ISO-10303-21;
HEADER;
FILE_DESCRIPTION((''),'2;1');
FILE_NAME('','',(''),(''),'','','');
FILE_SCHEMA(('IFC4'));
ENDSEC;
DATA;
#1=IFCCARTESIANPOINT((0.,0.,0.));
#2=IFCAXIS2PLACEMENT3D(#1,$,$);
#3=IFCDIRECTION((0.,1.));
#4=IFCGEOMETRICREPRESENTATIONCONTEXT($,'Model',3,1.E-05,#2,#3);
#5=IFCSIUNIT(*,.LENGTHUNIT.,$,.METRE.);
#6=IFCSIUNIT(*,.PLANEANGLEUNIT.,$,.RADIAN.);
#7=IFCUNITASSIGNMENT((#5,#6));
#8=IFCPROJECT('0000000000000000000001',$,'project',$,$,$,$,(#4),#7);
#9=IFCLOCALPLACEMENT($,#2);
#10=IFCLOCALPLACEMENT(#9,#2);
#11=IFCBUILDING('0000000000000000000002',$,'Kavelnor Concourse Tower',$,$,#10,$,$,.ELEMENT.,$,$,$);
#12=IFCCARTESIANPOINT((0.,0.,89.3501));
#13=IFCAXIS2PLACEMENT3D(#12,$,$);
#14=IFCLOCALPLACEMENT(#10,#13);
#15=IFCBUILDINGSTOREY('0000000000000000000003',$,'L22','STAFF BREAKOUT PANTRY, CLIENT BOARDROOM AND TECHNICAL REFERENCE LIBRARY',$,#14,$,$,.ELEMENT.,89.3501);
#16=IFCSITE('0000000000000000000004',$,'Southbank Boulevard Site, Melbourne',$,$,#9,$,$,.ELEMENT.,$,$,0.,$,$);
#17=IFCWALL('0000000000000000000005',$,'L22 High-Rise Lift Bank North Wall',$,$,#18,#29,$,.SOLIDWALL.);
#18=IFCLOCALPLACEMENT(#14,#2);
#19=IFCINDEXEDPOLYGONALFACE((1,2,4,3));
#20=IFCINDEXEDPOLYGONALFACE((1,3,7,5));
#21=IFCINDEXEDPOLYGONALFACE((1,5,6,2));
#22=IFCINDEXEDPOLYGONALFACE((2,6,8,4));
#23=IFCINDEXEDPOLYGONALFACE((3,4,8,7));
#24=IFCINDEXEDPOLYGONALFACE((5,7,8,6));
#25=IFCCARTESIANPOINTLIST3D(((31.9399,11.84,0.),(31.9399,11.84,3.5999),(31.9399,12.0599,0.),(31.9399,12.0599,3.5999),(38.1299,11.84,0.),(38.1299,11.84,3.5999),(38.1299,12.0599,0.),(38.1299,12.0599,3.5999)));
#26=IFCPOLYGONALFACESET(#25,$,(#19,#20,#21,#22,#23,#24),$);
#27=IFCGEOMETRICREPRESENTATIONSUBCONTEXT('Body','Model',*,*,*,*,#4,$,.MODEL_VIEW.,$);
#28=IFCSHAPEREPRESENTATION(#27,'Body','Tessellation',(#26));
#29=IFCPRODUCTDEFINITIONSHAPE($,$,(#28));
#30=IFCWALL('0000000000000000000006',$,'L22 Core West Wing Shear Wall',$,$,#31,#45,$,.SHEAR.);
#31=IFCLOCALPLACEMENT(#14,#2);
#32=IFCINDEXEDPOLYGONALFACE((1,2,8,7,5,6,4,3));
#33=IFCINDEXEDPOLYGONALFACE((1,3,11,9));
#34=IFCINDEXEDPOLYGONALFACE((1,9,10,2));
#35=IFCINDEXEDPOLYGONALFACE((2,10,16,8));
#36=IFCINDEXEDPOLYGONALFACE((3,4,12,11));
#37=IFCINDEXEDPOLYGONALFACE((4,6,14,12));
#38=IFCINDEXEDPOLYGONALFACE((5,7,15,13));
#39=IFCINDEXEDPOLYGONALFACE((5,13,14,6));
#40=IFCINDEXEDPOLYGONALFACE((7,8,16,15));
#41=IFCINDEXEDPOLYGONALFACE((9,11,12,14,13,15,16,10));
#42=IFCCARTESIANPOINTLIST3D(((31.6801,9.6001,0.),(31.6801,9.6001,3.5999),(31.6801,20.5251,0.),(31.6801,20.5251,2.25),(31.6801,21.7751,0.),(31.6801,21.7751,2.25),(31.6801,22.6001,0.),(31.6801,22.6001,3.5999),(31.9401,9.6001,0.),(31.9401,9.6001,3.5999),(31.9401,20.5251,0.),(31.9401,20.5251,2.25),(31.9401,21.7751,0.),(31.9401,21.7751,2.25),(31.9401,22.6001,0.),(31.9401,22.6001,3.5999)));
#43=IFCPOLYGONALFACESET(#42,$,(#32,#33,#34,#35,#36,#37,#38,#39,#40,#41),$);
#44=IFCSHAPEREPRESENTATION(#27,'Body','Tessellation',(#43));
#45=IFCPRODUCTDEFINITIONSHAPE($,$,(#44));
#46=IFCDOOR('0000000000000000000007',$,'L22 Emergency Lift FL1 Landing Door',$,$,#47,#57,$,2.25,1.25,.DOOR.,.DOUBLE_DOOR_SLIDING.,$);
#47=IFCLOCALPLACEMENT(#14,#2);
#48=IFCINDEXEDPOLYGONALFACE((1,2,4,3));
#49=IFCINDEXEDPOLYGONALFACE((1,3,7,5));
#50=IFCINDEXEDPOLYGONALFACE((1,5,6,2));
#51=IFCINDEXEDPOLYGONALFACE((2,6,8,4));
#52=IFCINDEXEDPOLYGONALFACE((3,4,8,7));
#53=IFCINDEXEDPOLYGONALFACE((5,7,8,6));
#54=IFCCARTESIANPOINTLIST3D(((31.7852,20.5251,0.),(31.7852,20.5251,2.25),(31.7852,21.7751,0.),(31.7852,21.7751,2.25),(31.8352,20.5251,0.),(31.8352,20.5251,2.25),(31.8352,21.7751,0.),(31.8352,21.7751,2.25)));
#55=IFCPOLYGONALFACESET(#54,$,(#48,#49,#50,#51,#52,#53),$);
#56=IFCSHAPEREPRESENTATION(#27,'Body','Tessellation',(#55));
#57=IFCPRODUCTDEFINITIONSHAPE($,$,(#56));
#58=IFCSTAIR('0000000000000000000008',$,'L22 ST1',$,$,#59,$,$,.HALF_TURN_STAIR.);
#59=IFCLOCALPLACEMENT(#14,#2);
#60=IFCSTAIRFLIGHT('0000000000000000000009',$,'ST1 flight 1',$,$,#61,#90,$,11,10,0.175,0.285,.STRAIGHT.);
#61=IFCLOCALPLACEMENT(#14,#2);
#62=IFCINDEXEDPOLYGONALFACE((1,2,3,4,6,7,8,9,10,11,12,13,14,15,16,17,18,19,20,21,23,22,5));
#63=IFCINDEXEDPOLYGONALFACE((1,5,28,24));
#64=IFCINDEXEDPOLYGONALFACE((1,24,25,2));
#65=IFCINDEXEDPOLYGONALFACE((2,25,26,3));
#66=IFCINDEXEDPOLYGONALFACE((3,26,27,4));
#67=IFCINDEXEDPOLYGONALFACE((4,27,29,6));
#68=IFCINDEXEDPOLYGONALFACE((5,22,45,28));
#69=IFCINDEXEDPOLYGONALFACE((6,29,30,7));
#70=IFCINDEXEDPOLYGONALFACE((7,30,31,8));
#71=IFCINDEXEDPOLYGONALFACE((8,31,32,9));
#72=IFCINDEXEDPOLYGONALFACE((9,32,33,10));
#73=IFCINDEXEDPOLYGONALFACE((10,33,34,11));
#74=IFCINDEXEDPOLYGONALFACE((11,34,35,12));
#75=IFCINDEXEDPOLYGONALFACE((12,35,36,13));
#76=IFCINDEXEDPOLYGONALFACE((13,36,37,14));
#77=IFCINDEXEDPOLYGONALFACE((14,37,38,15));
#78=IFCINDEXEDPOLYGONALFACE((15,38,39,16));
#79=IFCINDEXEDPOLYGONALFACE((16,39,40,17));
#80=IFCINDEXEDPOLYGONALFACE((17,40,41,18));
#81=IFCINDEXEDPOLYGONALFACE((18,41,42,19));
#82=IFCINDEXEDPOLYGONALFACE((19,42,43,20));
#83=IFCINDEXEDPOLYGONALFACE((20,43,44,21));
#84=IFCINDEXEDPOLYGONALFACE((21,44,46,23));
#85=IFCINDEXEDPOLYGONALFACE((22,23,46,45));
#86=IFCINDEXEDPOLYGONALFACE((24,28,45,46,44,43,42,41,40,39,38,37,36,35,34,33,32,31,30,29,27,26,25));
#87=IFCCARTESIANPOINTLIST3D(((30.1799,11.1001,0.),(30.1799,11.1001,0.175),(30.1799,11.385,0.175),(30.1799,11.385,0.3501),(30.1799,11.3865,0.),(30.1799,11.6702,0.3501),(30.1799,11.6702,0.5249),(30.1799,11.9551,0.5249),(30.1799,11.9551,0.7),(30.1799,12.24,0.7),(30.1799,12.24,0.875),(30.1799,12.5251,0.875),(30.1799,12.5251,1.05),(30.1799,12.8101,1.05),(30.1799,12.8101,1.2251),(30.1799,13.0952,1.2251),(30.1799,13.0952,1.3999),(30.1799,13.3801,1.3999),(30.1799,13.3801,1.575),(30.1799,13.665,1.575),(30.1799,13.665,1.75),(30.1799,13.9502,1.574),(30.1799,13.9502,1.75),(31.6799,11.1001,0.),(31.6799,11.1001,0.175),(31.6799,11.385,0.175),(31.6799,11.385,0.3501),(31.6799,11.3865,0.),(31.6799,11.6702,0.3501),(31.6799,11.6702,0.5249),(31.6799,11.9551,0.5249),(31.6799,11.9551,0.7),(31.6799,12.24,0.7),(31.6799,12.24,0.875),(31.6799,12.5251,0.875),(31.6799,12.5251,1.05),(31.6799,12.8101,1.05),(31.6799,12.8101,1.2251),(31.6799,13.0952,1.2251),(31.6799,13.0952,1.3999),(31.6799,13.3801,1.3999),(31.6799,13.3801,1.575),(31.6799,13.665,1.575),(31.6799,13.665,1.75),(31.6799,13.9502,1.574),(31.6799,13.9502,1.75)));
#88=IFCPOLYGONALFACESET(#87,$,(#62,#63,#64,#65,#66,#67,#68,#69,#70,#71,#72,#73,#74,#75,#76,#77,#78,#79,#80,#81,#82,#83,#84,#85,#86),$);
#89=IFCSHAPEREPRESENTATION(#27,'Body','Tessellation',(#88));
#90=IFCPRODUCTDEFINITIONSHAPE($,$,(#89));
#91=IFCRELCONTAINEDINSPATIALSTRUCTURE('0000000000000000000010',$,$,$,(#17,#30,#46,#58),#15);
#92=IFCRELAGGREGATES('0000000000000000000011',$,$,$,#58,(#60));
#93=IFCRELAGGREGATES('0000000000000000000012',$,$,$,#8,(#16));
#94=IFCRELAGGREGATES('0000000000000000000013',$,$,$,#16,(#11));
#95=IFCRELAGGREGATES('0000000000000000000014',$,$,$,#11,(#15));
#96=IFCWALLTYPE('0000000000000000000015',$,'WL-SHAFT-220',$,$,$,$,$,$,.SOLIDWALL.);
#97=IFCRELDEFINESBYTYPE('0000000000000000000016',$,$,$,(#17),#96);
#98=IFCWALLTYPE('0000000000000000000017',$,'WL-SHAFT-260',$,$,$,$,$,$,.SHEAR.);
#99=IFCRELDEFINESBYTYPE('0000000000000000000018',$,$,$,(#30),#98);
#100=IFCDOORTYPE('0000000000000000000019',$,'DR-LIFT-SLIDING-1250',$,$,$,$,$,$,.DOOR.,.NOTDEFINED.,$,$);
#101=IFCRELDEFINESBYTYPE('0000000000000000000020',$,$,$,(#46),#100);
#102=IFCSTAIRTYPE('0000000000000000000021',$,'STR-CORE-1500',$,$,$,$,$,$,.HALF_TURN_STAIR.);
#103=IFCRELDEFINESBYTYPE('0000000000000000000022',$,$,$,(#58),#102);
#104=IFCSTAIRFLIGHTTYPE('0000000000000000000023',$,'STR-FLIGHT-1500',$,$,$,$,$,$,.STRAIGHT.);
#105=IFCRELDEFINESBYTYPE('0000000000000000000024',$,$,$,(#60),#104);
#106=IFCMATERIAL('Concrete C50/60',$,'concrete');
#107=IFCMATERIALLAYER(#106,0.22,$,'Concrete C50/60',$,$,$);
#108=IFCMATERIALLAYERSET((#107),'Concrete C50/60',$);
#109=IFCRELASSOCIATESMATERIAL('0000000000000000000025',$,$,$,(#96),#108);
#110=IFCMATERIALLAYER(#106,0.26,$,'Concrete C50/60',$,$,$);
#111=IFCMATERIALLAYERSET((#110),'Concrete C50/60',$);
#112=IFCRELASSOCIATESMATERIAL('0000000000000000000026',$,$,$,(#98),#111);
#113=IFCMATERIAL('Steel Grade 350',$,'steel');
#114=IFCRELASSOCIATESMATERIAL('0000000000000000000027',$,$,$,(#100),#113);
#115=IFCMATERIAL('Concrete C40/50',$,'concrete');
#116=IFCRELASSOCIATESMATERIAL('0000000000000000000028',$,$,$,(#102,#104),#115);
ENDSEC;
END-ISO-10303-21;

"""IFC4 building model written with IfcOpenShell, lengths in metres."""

from ifc_helpers import new_model, si_unit, direction, frame, frame_2d, origin, place, context, subcontext, project, spatial, polyline, rectangle, outline, extrude, material, layer, layer_set, type_object, element, fill, aggregate, save


model = new_model("IFC4")

# Units and contexts
model_context = context("Model", 3, precision=1e-05, world=origin(), true_north=direction((0.0, 1.0)))
body_context = subcontext(model_context, "Body", "Model", "MODEL_VIEW")
ifc_project = project(units=[si_unit("LENGTHUNIT", "METRE"), si_unit("PLANEANGLEUNIT", "RADIAN")], contexts=[model_context])

# Site, building, storey
site_placement = place(None, origin())
site = spatial("IfcSite", under=ifc_project, at=site_placement, Name="Southbank Boulevard Site, Melbourne", CompositionType="ELEMENT", RefElevation=0.0)
building_placement = place(site_placement, origin())
building = spatial("IfcBuilding", under=site, at=building_placement, Name="Kavelnor Concourse Tower", CompositionType="ELEMENT")
storey_placement = place(building_placement, frame((0.0, 0.0, 89.3501)))
storey = spatial("IfcBuildingStorey", under=building, at=storey_placement, Name="L22", Description="STAFF BREAKOUT PANTRY, CLIENT BOARDROOM AND TECHNICAL REFERENCE LIBRARY", CompositionType="ELEMENT", Elevation=89.3501)

# Shared definitions
ifc_material_1 = material(Name="Steel Grade 350", Category="steel")

# Wall
ifc_material_2 = material(Name="Concrete C50/60", Category="concrete")
ifc_layer_1 = layer(ifc_material_2, 0.22, Name="Concrete C50/60")
ifc_layer_set_1 = layer_set([ifc_layer_1], Name="Concrete C50/60")
wall_type_1 = type_object("IfcWallType", Name="WL-SHAFT-220", PredefinedType="SOLIDWALL", material=ifc_layer_set_1)
wall_1_placement = place(storey_placement, frame((31.9399, 11.95, 0.0), z_axis=(0.0, 0.0, 1.0), x_axis=(1.0, 0.0, 0.0)))
element("IfcWall", 1, at=wall_1_placement, inside=storey, type_object=wall_type_1, Name="L22 High-Rise Lift Bank North Wall", PredefinedType="SOLIDWALL", context=body_context, shape_type="SweptSolid", body=[
    extrude(rectangle(XDim=6.1899, YDim=0.22, at=frame_2d((3.095, 0.0))), origin(), (0.0, 0.0, 1.0), 3.5999),
])

# Wall, opening, door
ifc_layer_2 = layer(ifc_material_2, 0.26, Name="Concrete C50/60")
ifc_layer_set_2 = layer_set([ifc_layer_2], Name="Concrete C50/60")
wall_type_2 = type_object("IfcWallType", Name="WL-SHAFT-260", PredefinedType="SHEAR", material=ifc_layer_set_2)
wall_2_placement = place(storey_placement, frame((31.8101, 9.6001, 0.0), z_axis=(0.0, 0.0, 1.0), x_axis=(0.0, 1.0, 0.0)))
wall_2 = element("IfcWall", 2, at=wall_2_placement, inside=storey, type_object=wall_type_2, Name="L22 Core West Wing Shear Wall", PredefinedType="SHEAR", context=body_context, shape_type="SweptSolid", body=[
    extrude(rectangle(XDim=13.0, YDim=0.26, at=frame_2d((6.5, 0.0))), origin(), (0.0, 0.0, 1.0), 3.5999),
])
opening_1_placement = place(wall_2_placement, frame((10.925, 0.0, 0.0)))
opening_1 = element("IfcOpeningElement", 3, at=opening_1_placement, cuts=wall_2, PredefinedType="OPENING", context=body_context, shape_type="SweptSolid", body=[
    extrude(rectangle(XDim=1.25, YDim=2.25, at=frame_2d((0.625, 1.125))), frame((0.0, 0.1401, 0.0), z_axis=(0.0, -1.0, 0.0), x_axis=(1.0, 0.0, 0.0)), (0.0, 0.0, 1.0), 0.28),
])
door_type_1 = type_object("IfcDoorType", Name="DR-LIFT-SLIDING-1250", OperationType="NOTDEFINED", PredefinedType="DOOR", material=ifc_material_1)
door_1_placement = place(opening_1_placement, origin())
door_1 = element("IfcDoor", 4, at=door_1_placement, inside=storey, type_object=door_type_1, Name="L22 Emergency Lift FL1 Landing Door", OperationType="DOUBLE_DOOR_SLIDING", OverallHeight=2.25, OverallWidth=1.25, PredefinedType="DOOR", context=body_context, shape_type="SweptSolid", body=[
    extrude(rectangle(XDim=1.25, YDim=2.25, at=frame_2d((0.625, 1.125))), frame((0.0, 0.0249, 0.0), z_axis=(0.0, -1.0, 0.0), x_axis=(1.0, 0.0, 0.0)), (0.0, 0.0, 1.0), 0.05),
])
fill(opening_1, door_1)

# Stair, stair flight
ifc_material_3 = material(Name="Concrete C40/50", Category="concrete")
stair_type = type_object("IfcStairType", Name="STR-CORE-1500", PredefinedType="HALF_TURN_STAIR", material=ifc_material_3)
stair_placement = place(storey_placement, origin())
stair = element("IfcStair", 5, at=stair_placement, inside=storey, type_object=stair_type, Name="L22 ST1", PredefinedType="HALF_TURN_STAIR")
stair_flight_type = type_object("IfcStairFlightType", Name="STR-FLIGHT-1500", PredefinedType="STRAIGHT", material=ifc_material_3)
stair_flight_placement = place(storey_placement, frame((30.9299, 11.1001, 0.0), z_axis=(0.0, 0.0, 1.0), x_axis=(0.0, 1.0, 0.0)))
stair_flight = element("IfcStairFlight", 6, at=stair_flight_placement, type_object=stair_flight_type, Name="ST1 flight 1", NumberOfRisers=11, NumberOfTreads=10, PredefinedType="STRAIGHT", RiserHeight=0.175, TreadLength=0.285, context=body_context, shape_type="SweptSolid", body=[
    extrude(outline(polyline([(0.0, 0.0), (0.0, 0.175), (0.2849, 0.175), (0.2849, 0.3501), (0.5701, 0.3501), (0.5701, 0.5249), (0.855, 0.5249), (0.855, 0.7), (1.1399, 0.7), (1.1399, 0.875), (1.425, 0.875), (1.425, 1.05), (1.71, 1.05), (1.71, 1.2251), (1.9951, 1.2251), (1.9951, 1.3999), (2.28, 1.3999), (2.28, 1.575), (2.5649, 1.575), (2.5649, 1.75), (2.8501, 1.75), (2.8501, 1.925), (2.8501, 1.574), (0.2864, 0.0), (0.0, 0.0)])), frame((0.0, 0.75, 0.0), z_axis=(0.0, -1.0, 0.0), x_axis=(1.0, 0.0, 0.0)), (0.0, 0.0, 1.0), 1.5),
])
aggregate(stair, [stair_flight])

save(model, "model.ifc")
